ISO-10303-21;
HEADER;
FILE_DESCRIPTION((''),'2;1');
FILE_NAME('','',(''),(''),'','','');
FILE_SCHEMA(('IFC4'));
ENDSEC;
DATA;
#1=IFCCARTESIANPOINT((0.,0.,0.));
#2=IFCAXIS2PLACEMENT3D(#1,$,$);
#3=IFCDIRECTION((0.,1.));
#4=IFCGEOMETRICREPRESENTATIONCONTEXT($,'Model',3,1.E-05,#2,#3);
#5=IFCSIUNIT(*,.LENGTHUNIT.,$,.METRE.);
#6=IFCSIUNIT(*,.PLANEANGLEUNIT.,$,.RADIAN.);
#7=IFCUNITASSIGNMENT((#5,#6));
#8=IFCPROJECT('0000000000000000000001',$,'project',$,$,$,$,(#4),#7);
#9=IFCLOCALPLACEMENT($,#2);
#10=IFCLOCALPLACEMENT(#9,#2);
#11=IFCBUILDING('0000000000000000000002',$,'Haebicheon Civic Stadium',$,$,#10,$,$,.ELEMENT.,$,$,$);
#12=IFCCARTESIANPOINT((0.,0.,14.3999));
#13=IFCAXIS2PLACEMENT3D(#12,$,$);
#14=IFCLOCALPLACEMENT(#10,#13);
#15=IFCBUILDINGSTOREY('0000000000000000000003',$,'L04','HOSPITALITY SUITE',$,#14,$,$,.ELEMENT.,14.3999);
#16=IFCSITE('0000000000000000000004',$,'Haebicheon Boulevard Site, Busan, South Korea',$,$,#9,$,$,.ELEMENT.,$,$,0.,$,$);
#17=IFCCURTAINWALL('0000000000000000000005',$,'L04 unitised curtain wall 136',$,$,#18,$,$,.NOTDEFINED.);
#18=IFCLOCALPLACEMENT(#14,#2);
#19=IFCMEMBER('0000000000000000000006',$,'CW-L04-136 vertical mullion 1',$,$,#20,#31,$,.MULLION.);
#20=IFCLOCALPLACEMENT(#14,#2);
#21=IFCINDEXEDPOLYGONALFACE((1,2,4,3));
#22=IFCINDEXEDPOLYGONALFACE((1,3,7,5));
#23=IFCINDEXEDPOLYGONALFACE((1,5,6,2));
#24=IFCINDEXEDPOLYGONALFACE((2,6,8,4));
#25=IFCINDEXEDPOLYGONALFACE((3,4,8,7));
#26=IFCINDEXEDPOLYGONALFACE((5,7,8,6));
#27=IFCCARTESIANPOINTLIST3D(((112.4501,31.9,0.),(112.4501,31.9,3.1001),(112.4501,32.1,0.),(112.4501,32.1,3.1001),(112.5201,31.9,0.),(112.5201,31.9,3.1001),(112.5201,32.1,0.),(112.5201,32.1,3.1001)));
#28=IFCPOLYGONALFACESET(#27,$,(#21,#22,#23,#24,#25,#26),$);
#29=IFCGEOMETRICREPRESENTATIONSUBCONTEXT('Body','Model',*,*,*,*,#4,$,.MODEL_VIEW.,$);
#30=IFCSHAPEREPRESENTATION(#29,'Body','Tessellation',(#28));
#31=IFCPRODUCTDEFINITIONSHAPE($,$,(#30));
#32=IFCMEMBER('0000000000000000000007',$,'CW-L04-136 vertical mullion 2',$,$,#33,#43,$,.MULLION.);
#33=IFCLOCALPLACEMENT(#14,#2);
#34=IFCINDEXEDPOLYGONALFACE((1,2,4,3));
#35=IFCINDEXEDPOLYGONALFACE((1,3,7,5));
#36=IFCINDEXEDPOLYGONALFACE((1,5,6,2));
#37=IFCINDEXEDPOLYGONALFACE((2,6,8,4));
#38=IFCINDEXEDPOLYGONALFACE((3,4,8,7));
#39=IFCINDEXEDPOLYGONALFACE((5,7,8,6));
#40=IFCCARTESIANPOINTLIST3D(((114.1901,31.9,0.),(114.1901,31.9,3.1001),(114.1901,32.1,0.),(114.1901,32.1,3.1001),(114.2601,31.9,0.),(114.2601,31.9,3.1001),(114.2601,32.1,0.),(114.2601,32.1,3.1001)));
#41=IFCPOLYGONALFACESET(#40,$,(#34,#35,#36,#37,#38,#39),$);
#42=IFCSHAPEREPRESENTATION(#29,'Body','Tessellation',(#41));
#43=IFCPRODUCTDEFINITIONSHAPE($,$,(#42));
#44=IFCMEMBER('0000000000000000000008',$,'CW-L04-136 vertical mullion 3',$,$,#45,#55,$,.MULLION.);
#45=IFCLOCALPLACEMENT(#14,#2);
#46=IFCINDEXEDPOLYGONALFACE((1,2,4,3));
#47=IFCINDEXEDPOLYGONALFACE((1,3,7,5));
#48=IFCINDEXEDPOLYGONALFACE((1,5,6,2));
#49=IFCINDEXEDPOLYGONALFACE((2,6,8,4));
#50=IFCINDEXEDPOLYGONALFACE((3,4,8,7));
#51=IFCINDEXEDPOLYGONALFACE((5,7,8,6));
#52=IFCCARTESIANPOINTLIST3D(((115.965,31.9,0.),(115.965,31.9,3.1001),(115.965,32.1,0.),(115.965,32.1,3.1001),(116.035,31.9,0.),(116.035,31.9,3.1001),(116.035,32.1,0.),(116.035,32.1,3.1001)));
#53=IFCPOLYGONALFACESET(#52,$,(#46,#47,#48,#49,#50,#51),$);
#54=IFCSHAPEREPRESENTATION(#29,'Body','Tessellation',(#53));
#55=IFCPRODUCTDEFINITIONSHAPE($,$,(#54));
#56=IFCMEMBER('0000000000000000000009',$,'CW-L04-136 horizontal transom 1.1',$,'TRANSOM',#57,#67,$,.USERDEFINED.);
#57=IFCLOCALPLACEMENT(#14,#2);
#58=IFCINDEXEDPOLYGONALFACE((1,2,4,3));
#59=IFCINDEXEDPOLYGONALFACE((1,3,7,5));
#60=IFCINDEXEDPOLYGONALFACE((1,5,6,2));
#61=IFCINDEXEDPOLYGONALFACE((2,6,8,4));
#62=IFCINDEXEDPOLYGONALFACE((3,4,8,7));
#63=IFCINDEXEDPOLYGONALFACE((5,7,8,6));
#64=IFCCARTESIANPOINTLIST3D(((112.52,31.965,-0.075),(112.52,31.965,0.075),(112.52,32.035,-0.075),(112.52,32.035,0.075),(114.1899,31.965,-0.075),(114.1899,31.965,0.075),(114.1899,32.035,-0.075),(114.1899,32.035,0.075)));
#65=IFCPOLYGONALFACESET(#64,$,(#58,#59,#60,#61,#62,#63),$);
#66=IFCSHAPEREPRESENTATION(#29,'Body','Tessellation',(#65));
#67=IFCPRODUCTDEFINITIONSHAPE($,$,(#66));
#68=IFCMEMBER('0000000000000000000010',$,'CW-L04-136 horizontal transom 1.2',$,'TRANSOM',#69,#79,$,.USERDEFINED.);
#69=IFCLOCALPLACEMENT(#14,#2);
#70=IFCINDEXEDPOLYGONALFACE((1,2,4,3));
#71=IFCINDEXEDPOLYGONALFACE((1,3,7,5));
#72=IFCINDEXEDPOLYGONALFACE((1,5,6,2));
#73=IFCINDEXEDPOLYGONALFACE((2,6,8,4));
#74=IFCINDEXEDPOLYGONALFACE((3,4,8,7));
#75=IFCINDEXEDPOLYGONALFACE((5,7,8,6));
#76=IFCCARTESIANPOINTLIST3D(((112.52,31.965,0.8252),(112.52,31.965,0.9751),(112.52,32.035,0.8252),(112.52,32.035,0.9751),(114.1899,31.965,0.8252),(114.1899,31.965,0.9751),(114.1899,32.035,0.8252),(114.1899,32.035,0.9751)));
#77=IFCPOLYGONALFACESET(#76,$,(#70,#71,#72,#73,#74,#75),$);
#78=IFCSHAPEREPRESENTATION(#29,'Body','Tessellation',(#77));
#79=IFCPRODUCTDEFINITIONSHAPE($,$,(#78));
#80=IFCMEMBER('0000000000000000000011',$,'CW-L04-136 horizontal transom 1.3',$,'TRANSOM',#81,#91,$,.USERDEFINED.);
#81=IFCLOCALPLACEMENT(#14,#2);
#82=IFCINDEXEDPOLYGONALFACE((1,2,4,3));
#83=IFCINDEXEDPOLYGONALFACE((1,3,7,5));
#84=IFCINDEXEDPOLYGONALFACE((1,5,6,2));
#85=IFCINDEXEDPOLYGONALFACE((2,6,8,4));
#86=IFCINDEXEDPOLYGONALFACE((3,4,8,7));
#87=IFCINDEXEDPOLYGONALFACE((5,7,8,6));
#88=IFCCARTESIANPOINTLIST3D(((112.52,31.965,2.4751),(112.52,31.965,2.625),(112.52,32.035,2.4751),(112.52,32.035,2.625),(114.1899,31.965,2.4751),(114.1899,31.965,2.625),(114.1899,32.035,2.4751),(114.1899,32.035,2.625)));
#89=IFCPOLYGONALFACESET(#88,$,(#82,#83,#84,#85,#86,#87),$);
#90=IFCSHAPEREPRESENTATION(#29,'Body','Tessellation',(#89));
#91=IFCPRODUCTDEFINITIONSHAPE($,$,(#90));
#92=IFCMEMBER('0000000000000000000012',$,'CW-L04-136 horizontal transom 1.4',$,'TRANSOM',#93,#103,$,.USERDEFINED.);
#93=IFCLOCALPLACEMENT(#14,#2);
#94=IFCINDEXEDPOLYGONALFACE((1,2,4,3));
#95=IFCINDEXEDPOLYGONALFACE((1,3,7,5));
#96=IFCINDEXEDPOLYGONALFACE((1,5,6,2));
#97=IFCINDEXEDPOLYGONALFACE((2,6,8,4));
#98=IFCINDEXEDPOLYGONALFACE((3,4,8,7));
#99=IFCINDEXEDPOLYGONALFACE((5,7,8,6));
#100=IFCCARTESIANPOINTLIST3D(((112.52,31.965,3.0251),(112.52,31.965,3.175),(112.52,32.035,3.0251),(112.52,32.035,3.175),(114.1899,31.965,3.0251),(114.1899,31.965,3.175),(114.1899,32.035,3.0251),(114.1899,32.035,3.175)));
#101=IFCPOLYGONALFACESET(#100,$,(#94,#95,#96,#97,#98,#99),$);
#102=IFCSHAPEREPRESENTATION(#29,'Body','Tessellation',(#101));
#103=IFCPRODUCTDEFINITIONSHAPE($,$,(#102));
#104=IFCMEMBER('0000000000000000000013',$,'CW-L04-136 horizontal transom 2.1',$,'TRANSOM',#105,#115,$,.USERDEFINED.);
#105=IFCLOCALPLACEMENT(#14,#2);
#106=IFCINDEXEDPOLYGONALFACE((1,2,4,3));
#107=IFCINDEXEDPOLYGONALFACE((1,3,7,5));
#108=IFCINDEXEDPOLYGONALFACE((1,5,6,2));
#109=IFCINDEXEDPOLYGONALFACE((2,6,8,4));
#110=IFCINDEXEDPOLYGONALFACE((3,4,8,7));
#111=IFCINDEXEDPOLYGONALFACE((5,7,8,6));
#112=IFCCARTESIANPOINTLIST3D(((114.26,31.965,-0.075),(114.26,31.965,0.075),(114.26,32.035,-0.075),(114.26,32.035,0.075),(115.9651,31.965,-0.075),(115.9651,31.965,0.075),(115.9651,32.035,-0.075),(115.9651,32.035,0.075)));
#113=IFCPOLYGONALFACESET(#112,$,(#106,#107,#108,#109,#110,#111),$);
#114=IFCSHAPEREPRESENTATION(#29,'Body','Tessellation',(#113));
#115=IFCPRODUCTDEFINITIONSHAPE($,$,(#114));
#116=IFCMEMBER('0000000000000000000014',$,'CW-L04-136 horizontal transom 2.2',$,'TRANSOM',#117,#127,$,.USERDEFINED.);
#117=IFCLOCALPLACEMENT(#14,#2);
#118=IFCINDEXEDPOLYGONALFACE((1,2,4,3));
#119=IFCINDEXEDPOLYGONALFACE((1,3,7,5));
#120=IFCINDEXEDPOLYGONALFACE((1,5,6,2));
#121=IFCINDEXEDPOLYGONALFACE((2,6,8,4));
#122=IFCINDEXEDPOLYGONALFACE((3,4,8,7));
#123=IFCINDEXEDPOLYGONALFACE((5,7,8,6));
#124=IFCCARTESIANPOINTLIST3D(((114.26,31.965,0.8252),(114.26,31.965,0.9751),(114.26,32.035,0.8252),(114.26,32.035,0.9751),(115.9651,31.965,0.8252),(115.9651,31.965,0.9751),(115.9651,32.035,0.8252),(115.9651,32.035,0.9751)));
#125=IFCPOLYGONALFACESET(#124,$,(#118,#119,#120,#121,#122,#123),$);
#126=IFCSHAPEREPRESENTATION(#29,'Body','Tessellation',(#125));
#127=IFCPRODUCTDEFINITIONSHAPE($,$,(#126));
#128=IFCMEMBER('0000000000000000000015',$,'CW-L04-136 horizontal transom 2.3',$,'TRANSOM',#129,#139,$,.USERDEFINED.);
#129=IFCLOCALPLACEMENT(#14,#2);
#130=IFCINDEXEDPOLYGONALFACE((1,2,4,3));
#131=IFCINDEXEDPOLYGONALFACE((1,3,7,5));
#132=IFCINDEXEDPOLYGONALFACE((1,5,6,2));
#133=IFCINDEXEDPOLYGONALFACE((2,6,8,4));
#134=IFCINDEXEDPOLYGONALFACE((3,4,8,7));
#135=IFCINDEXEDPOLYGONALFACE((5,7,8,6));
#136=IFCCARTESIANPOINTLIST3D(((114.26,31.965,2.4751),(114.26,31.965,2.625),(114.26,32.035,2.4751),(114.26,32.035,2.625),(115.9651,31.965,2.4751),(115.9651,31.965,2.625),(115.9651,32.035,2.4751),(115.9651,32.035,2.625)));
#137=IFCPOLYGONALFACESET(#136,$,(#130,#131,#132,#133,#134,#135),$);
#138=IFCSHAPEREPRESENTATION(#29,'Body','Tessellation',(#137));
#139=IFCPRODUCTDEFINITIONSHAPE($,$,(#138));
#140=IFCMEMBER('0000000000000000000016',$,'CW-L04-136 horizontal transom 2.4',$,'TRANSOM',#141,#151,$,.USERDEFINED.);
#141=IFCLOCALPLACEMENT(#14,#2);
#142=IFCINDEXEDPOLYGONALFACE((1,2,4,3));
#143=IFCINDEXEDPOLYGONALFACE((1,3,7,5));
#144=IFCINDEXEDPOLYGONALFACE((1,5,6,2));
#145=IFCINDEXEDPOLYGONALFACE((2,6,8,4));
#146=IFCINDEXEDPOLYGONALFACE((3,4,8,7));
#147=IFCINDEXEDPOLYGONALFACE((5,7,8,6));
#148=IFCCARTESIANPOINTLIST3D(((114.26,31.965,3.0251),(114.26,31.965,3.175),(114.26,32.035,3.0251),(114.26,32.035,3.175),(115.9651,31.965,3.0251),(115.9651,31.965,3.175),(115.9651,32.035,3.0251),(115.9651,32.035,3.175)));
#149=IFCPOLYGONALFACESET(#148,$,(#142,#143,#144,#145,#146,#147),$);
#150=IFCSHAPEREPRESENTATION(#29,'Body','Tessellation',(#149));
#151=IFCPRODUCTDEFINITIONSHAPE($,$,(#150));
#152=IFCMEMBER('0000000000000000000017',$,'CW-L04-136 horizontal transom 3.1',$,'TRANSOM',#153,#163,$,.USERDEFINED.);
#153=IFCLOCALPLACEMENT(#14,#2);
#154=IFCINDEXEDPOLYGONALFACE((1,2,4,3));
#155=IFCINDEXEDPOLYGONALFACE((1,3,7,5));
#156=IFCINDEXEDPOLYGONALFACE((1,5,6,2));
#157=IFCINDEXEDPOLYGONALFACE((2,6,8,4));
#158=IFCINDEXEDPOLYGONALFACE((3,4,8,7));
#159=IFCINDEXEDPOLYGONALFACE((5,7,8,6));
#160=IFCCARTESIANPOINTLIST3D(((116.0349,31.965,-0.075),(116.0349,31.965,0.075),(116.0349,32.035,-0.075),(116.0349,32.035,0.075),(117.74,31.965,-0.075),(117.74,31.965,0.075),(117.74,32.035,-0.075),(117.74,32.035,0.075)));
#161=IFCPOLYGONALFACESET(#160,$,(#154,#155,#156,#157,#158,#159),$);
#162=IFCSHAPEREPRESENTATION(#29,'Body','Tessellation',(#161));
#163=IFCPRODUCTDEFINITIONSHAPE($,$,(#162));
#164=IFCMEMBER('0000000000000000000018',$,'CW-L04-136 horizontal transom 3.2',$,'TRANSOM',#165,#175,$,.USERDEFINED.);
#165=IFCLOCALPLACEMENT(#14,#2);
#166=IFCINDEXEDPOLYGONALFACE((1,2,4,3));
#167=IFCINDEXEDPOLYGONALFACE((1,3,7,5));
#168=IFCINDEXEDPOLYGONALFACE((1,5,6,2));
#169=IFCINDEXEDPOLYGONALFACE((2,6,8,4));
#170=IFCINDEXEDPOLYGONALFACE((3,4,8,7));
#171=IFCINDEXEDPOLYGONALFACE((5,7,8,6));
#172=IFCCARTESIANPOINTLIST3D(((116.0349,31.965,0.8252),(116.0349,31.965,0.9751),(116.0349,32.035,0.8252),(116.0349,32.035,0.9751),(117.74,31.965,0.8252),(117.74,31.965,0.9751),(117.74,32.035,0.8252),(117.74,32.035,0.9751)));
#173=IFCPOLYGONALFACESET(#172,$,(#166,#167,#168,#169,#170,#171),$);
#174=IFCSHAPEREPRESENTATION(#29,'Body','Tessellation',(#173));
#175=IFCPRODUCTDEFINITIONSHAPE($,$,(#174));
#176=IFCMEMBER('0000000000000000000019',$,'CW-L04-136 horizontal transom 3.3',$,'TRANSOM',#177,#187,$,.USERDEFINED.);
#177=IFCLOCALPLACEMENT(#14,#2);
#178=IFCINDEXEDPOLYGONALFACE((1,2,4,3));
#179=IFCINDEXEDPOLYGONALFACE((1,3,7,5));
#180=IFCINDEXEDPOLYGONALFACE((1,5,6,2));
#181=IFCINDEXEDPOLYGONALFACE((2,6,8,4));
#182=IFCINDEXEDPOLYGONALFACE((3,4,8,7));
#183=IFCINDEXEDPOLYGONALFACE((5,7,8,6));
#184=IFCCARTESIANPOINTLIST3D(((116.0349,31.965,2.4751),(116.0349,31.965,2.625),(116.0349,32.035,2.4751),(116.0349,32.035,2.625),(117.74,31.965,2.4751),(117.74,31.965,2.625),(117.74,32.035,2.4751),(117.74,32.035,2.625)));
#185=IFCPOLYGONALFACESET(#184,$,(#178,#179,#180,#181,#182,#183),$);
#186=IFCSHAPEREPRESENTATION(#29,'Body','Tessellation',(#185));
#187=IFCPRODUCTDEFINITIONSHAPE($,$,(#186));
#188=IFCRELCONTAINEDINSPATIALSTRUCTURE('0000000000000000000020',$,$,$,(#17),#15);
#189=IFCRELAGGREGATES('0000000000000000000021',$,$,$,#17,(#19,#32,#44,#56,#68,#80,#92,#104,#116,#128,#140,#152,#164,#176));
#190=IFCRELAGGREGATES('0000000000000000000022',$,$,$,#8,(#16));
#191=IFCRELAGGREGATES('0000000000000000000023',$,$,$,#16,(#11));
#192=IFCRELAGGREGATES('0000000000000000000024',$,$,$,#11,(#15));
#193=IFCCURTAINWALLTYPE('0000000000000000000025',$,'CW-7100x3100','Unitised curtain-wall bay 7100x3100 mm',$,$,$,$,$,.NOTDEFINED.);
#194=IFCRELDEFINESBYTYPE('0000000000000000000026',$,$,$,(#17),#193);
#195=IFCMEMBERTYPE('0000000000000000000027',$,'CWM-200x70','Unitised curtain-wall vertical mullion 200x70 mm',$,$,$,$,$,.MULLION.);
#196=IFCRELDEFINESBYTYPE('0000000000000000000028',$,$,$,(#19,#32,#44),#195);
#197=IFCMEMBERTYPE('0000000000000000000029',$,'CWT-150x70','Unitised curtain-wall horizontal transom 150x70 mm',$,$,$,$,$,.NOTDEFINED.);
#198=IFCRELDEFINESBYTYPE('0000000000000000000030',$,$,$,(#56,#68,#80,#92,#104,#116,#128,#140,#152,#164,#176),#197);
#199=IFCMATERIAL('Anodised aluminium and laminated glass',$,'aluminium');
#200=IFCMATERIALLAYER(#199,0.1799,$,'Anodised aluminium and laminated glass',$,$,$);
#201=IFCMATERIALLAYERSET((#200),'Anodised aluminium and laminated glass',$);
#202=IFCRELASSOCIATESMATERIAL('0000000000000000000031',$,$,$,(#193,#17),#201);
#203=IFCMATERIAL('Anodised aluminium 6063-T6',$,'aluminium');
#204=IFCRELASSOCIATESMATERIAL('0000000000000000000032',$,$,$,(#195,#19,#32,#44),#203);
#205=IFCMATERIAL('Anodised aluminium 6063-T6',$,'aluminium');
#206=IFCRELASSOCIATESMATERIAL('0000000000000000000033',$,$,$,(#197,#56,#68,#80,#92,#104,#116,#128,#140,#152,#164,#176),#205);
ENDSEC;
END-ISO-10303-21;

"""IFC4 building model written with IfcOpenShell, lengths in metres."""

from ifc_helpers import new_model, si_unit, direction, frame, origin, origin_2d, place, context, subcontext, project, spatial, rectangle, extrude, material, layer, layer_set, material_profile, profile_set, type_object, element, aggregate, save


model = new_model("IFC4")

# Units and contexts
model_context = context("Model", 3, precision=1e-05, world=origin(), true_north=direction((0.0, 1.0)))
body_context = subcontext(model_context, "Body", "Model", "MODEL_VIEW")
ifc_project = project(units=[si_unit("LENGTHUNIT", "METRE"), si_unit("PLANEANGLEUNIT", "RADIAN")], contexts=[model_context])

# Site, building, storey
site_placement = place(None, origin())
site = spatial("IfcSite", under=ifc_project, at=site_placement, Name="Haebicheon Boulevard Site, Busan, South Korea", CompositionType="ELEMENT", RefElevation=0.0)
building_placement = place(site_placement, origin())
building = spatial("IfcBuilding", under=site, at=building_placement, Name="Haebicheon Civic Stadium", CompositionType="ELEMENT")
storey_placement = place(building_placement, frame((0.0, 0.0, 14.3999)))
storey = spatial("IfcBuildingStorey", under=building, at=storey_placement, Name="L04", Description="HOSPITALITY SUITE", CompositionType="ELEMENT", Elevation=14.3999)

# Curtain wall, members
ifc_material_1 = material(Name="Anodised aluminium and laminated glass", Category="aluminium")
ifc_layer_1 = layer(ifc_material_1, 0.1799, Name="Anodised aluminium and laminated glass")
ifc_layer_set_1 = layer_set([ifc_layer_1], Name="Anodised aluminium and laminated glass")
curtain_wall_type = type_object("IfcCurtainWallType", Name="CW-7100x3100", Description="Unitised curtain-wall bay 7100x3100 mm", PredefinedType="NOTDEFINED", material=ifc_layer_set_1)
curtain_wall_placement = place(storey_placement, origin())
curtain_wall = element("IfcCurtainWall", 1, at=curtain_wall_placement, inside=storey, type_object=curtain_wall_type, material=ifc_layer_set_1, Name="L04 unitised curtain wall 136", PredefinedType="NOTDEFINED")
ifc_material_2 = material(Name="Anodised aluminium 6063-T6", Category="aluminium")
ifc_material_profile_1 = material_profile(ifc_material_2, rectangle(XDim=0.0701, YDim=0.2, at=origin_2d()), Name="ALU-MULL-70x200")
ifc_profile_set_1 = profile_set([ifc_material_profile_1], Name="Anodised aluminium 6063-T6")
member_type_1 = type_object("IfcMemberType", Name="CWM-200x70", Description="Unitised curtain-wall vertical mullion 200x70 mm", PredefinedType="MULLION", material=ifc_profile_set_1)
member_1_placement = place(storey_placement, frame((112.4851, 32.0, 0.0), z_axis=(0.0, 0.0, 1.0), x_axis=(1.0, 0.0, 0.0)))
member_1 = element("IfcMember", 2, at=member_1_placement, type_object=member_type_1, material=ifc_profile_set_1, Name="CW-L04-136 vertical mullion 1", PredefinedType="MULLION", context=body_context, shape_type="SweptSolid", body=[
    extrude(rectangle(XDim=0.0701, YDim=0.2, at=origin_2d()), origin(), (0.0, 0.0, 1.0), 3.1001),
])
member_2_placement = place(storey_placement, frame((114.2251, 32.0, 0.0), z_axis=(0.0, 0.0, 1.0), x_axis=(1.0, 0.0, 0.0)))
member_2 = element("IfcMember", 3, at=member_2_placement, type_object=member_type_1, material=ifc_profile_set_1, Name="CW-L04-136 vertical mullion 2", PredefinedType="MULLION", context=body_context, shape_type="SweptSolid", body=[
    extrude(rectangle(XDim=0.0701, YDim=0.2, at=origin_2d()), origin(), (0.0, 0.0, 1.0), 3.1001),
])
member_3_placement = place(storey_placement, frame((116.0, 32.0, 0.0), z_axis=(0.0, 0.0, 1.0), x_axis=(1.0, 0.0, 0.0)))
member_3 = element("IfcMember", 4, at=member_3_placement, type_object=member_type_1, material=ifc_profile_set_1, Name="CW-L04-136 vertical mullion 3", PredefinedType="MULLION", context=body_context, shape_type="SweptSolid", body=[
    extrude(rectangle(XDim=0.0701, YDim=0.2, at=origin_2d()), origin(), (0.0, 0.0, 1.0), 3.1001),
])
ifc_material_3 = material(Name="Anodised aluminium 6063-T6", Category="aluminium")
ifc_material_profile_2 = material_profile(ifc_material_3, rectangle(XDim=0.0701, YDim=0.1499, at=origin_2d()), Name="ALU-TRAN-70x150")
ifc_profile_set_2 = profile_set([ifc_material_profile_2], Name="Anodised aluminium 6063-T6")
member_type_2 = type_object("IfcMemberType", Name="CWT-150x70", Description="Unitised curtain-wall horizontal transom 150x70 mm", PredefinedType="NOTDEFINED", material=ifc_profile_set_2)
member_4_placement = place(storey_placement, frame((112.52, 32.0, 0.0), z_axis=(1.0, 0.0, 0.0), x_axis=(0.0, 1.0, 0.0)))
member_4 = element("IfcMember", 5, at=member_4_placement, type_object=member_type_2, material=ifc_profile_set_2, Name="CW-L04-136 horizontal transom 1.1", ObjectType="TRANSOM", PredefinedType="USERDEFINED", context=body_context, shape_type="SweptSolid", body=[
    extrude(rectangle(XDim=0.0701, YDim=0.1499, at=origin_2d()), origin(), (0.0, 0.0, 1.0), 1.6699),
])
member_5_placement = place(storey_placement, frame((112.52, 32.0, 0.9001), z_axis=(1.0, 0.0, 0.0), x_axis=(0.0, 1.0, 0.0)))
member_5 = element("IfcMember", 6, at=member_5_placement, type_object=member_type_2, material=ifc_profile_set_2, Name="CW-L04-136 horizontal transom 1.2", ObjectType="TRANSOM", PredefinedType="USERDEFINED", context=body_context, shape_type="SweptSolid", body=[
    extrude(rectangle(XDim=0.0701, YDim=0.1499, at=origin_2d()), origin(), (0.0, 0.0, 1.0), 1.6699),
])
member_6_placement = place(storey_placement, frame((112.52, 32.0, 2.55), z_axis=(1.0, 0.0, 0.0), x_axis=(0.0, 1.0, 0.0)))
member_6 = element("IfcMember", 7, at=member_6_placement, type_object=member_type_2, material=ifc_profile_set_2, Name="CW-L04-136 horizontal transom 1.3", ObjectType="TRANSOM", PredefinedType="USERDEFINED", context=body_context, shape_type="SweptSolid", body=[
    extrude(rectangle(XDim=0.0701, YDim=0.1499, at=origin_2d()), origin(), (0.0, 0.0, 1.0), 1.6699),
])
member_7_placement = place(storey_placement, frame((112.52, 32.0, 3.1001), z_axis=(1.0, 0.0, 0.0), x_axis=(0.0, 1.0, 0.0)))
member_7 = element("IfcMember", 8, at=member_7_placement, type_object=member_type_2, material=ifc_profile_set_2, Name="CW-L04-136 horizontal transom 1.4", ObjectType="TRANSOM", PredefinedType="USERDEFINED", context=body_context, shape_type="SweptSolid", body=[
    extrude(rectangle(XDim=0.0701, YDim=0.1499, at=origin_2d()), origin(), (0.0, 0.0, 1.0), 1.6699),
])
member_8_placement = place(storey_placement, frame((114.26, 32.0, 0.0), z_axis=(1.0, 0.0, 0.0), x_axis=(0.0, 1.0, 0.0)))
member_8 = element("IfcMember", 9, at=member_8_placement, type_object=member_type_2, material=ifc_profile_set_2, Name="CW-L04-136 horizontal transom 2.1", ObjectType="TRANSOM", PredefinedType="USERDEFINED", context=body_context, shape_type="SweptSolid", body=[
    extrude(rectangle(XDim=0.0701, YDim=0.1499, at=origin_2d()), origin(), (0.0, 0.0, 1.0), 1.7051),
])
member_9_placement = place(storey_placement, frame((114.26, 32.0, 0.9001), z_axis=(1.0, 0.0, 0.0), x_axis=(0.0, 1.0, 0.0)))
member_9 = element("IfcMember", 10, at=member_9_placement, type_object=member_type_2, material=ifc_profile_set_2, Name="CW-L04-136 horizontal transom 2.2", ObjectType="TRANSOM", PredefinedType="USERDEFINED", context=body_context, shape_type="SweptSolid", body=[
    extrude(rectangle(XDim=0.0701, YDim=0.1499, at=origin_2d()), origin(), (0.0, 0.0, 1.0), 1.7051),
])
member_10_placement = place(storey_placement, frame((114.26, 32.0, 2.55), z_axis=(1.0, 0.0, 0.0), x_axis=(0.0, 1.0, 0.0)))
member_10 = element("IfcMember", 11, at=member_10_placement, type_object=member_type_2, material=ifc_profile_set_2, Name="CW-L04-136 horizontal transom 2.3", ObjectType="TRANSOM", PredefinedType="USERDEFINED", context=body_context, shape_type="SweptSolid", body=[
    extrude(rectangle(XDim=0.0701, YDim=0.1499, at=origin_2d()), origin(), (0.0, 0.0, 1.0), 1.7051),
])
member_11_placement = place(storey_placement, frame((114.26, 32.0, 3.1001), z_axis=(1.0, 0.0, 0.0), x_axis=(0.0, 1.0, 0.0)))
member_11 = element("IfcMember", 12, at=member_11_placement, type_object=member_type_2, material=ifc_profile_set_2, Name="CW-L04-136 horizontal transom 2.4", ObjectType="TRANSOM", PredefinedType="USERDEFINED", context=body_context, shape_type="SweptSolid", body=[
    extrude(rectangle(XDim=0.0701, YDim=0.1499, at=origin_2d()), origin(), (0.0, 0.0, 1.0), 1.7051),
])
member_12_placement = place(storey_placement, frame((116.0349, 32.0, 0.0), z_axis=(1.0, 0.0, 0.0), x_axis=(0.0, 1.0, 0.0)))
member_12 = element("IfcMember", 13, at=member_12_placement, type_object=member_type_2, material=ifc_profile_set_2, Name="CW-L04-136 horizontal transom 3.1", ObjectType="TRANSOM", PredefinedType="USERDEFINED", context=body_context, shape_type="SweptSolid", body=[
    extrude(rectangle(XDim=0.0701, YDim=0.1499, at=origin_2d()), origin(), (0.0, 0.0, 1.0), 1.7051),
])
member_13_placement = place(storey_placement, frame((116.0349, 32.0, 0.9001), z_axis=(1.0, 0.0, 0.0), x_axis=(0.0, 1.0, 0.0)))
member_13 = element("IfcMember", 14, at=member_13_placement, type_object=member_type_2, material=ifc_profile_set_2, Name="CW-L04-136 horizontal transom 3.2", ObjectType="TRANSOM", PredefinedType="USERDEFINED", context=body_context, shape_type="SweptSolid", body=[
    extrude(rectangle(XDim=0.0701, YDim=0.1499, at=origin_2d()), origin(), (0.0, 0.0, 1.0), 1.7051),
])
member_14_placement = place(storey_placement, frame((116.0349, 32.0, 2.55), z_axis=(1.0, 0.0, 0.0), x_axis=(0.0, 1.0, 0.0)))
member_14 = element("IfcMember", 15, at=member_14_placement, type_object=member_type_2, material=ifc_profile_set_2, Name="CW-L04-136 horizontal transom 3.3", ObjectType="TRANSOM", PredefinedType="USERDEFINED", context=body_context, shape_type="SweptSolid", body=[
    extrude(rectangle(XDim=0.0701, YDim=0.1499, at=origin_2d()), origin(), (0.0, 0.0, 1.0), 1.7051),
])
aggregate(curtain_wall, [member_1, member_2, member_3, member_4, member_5, member_6, member_7, member_8, member_9, member_10, member_11, member_12, member_13, member_14])

save(model, "model.ifc")
